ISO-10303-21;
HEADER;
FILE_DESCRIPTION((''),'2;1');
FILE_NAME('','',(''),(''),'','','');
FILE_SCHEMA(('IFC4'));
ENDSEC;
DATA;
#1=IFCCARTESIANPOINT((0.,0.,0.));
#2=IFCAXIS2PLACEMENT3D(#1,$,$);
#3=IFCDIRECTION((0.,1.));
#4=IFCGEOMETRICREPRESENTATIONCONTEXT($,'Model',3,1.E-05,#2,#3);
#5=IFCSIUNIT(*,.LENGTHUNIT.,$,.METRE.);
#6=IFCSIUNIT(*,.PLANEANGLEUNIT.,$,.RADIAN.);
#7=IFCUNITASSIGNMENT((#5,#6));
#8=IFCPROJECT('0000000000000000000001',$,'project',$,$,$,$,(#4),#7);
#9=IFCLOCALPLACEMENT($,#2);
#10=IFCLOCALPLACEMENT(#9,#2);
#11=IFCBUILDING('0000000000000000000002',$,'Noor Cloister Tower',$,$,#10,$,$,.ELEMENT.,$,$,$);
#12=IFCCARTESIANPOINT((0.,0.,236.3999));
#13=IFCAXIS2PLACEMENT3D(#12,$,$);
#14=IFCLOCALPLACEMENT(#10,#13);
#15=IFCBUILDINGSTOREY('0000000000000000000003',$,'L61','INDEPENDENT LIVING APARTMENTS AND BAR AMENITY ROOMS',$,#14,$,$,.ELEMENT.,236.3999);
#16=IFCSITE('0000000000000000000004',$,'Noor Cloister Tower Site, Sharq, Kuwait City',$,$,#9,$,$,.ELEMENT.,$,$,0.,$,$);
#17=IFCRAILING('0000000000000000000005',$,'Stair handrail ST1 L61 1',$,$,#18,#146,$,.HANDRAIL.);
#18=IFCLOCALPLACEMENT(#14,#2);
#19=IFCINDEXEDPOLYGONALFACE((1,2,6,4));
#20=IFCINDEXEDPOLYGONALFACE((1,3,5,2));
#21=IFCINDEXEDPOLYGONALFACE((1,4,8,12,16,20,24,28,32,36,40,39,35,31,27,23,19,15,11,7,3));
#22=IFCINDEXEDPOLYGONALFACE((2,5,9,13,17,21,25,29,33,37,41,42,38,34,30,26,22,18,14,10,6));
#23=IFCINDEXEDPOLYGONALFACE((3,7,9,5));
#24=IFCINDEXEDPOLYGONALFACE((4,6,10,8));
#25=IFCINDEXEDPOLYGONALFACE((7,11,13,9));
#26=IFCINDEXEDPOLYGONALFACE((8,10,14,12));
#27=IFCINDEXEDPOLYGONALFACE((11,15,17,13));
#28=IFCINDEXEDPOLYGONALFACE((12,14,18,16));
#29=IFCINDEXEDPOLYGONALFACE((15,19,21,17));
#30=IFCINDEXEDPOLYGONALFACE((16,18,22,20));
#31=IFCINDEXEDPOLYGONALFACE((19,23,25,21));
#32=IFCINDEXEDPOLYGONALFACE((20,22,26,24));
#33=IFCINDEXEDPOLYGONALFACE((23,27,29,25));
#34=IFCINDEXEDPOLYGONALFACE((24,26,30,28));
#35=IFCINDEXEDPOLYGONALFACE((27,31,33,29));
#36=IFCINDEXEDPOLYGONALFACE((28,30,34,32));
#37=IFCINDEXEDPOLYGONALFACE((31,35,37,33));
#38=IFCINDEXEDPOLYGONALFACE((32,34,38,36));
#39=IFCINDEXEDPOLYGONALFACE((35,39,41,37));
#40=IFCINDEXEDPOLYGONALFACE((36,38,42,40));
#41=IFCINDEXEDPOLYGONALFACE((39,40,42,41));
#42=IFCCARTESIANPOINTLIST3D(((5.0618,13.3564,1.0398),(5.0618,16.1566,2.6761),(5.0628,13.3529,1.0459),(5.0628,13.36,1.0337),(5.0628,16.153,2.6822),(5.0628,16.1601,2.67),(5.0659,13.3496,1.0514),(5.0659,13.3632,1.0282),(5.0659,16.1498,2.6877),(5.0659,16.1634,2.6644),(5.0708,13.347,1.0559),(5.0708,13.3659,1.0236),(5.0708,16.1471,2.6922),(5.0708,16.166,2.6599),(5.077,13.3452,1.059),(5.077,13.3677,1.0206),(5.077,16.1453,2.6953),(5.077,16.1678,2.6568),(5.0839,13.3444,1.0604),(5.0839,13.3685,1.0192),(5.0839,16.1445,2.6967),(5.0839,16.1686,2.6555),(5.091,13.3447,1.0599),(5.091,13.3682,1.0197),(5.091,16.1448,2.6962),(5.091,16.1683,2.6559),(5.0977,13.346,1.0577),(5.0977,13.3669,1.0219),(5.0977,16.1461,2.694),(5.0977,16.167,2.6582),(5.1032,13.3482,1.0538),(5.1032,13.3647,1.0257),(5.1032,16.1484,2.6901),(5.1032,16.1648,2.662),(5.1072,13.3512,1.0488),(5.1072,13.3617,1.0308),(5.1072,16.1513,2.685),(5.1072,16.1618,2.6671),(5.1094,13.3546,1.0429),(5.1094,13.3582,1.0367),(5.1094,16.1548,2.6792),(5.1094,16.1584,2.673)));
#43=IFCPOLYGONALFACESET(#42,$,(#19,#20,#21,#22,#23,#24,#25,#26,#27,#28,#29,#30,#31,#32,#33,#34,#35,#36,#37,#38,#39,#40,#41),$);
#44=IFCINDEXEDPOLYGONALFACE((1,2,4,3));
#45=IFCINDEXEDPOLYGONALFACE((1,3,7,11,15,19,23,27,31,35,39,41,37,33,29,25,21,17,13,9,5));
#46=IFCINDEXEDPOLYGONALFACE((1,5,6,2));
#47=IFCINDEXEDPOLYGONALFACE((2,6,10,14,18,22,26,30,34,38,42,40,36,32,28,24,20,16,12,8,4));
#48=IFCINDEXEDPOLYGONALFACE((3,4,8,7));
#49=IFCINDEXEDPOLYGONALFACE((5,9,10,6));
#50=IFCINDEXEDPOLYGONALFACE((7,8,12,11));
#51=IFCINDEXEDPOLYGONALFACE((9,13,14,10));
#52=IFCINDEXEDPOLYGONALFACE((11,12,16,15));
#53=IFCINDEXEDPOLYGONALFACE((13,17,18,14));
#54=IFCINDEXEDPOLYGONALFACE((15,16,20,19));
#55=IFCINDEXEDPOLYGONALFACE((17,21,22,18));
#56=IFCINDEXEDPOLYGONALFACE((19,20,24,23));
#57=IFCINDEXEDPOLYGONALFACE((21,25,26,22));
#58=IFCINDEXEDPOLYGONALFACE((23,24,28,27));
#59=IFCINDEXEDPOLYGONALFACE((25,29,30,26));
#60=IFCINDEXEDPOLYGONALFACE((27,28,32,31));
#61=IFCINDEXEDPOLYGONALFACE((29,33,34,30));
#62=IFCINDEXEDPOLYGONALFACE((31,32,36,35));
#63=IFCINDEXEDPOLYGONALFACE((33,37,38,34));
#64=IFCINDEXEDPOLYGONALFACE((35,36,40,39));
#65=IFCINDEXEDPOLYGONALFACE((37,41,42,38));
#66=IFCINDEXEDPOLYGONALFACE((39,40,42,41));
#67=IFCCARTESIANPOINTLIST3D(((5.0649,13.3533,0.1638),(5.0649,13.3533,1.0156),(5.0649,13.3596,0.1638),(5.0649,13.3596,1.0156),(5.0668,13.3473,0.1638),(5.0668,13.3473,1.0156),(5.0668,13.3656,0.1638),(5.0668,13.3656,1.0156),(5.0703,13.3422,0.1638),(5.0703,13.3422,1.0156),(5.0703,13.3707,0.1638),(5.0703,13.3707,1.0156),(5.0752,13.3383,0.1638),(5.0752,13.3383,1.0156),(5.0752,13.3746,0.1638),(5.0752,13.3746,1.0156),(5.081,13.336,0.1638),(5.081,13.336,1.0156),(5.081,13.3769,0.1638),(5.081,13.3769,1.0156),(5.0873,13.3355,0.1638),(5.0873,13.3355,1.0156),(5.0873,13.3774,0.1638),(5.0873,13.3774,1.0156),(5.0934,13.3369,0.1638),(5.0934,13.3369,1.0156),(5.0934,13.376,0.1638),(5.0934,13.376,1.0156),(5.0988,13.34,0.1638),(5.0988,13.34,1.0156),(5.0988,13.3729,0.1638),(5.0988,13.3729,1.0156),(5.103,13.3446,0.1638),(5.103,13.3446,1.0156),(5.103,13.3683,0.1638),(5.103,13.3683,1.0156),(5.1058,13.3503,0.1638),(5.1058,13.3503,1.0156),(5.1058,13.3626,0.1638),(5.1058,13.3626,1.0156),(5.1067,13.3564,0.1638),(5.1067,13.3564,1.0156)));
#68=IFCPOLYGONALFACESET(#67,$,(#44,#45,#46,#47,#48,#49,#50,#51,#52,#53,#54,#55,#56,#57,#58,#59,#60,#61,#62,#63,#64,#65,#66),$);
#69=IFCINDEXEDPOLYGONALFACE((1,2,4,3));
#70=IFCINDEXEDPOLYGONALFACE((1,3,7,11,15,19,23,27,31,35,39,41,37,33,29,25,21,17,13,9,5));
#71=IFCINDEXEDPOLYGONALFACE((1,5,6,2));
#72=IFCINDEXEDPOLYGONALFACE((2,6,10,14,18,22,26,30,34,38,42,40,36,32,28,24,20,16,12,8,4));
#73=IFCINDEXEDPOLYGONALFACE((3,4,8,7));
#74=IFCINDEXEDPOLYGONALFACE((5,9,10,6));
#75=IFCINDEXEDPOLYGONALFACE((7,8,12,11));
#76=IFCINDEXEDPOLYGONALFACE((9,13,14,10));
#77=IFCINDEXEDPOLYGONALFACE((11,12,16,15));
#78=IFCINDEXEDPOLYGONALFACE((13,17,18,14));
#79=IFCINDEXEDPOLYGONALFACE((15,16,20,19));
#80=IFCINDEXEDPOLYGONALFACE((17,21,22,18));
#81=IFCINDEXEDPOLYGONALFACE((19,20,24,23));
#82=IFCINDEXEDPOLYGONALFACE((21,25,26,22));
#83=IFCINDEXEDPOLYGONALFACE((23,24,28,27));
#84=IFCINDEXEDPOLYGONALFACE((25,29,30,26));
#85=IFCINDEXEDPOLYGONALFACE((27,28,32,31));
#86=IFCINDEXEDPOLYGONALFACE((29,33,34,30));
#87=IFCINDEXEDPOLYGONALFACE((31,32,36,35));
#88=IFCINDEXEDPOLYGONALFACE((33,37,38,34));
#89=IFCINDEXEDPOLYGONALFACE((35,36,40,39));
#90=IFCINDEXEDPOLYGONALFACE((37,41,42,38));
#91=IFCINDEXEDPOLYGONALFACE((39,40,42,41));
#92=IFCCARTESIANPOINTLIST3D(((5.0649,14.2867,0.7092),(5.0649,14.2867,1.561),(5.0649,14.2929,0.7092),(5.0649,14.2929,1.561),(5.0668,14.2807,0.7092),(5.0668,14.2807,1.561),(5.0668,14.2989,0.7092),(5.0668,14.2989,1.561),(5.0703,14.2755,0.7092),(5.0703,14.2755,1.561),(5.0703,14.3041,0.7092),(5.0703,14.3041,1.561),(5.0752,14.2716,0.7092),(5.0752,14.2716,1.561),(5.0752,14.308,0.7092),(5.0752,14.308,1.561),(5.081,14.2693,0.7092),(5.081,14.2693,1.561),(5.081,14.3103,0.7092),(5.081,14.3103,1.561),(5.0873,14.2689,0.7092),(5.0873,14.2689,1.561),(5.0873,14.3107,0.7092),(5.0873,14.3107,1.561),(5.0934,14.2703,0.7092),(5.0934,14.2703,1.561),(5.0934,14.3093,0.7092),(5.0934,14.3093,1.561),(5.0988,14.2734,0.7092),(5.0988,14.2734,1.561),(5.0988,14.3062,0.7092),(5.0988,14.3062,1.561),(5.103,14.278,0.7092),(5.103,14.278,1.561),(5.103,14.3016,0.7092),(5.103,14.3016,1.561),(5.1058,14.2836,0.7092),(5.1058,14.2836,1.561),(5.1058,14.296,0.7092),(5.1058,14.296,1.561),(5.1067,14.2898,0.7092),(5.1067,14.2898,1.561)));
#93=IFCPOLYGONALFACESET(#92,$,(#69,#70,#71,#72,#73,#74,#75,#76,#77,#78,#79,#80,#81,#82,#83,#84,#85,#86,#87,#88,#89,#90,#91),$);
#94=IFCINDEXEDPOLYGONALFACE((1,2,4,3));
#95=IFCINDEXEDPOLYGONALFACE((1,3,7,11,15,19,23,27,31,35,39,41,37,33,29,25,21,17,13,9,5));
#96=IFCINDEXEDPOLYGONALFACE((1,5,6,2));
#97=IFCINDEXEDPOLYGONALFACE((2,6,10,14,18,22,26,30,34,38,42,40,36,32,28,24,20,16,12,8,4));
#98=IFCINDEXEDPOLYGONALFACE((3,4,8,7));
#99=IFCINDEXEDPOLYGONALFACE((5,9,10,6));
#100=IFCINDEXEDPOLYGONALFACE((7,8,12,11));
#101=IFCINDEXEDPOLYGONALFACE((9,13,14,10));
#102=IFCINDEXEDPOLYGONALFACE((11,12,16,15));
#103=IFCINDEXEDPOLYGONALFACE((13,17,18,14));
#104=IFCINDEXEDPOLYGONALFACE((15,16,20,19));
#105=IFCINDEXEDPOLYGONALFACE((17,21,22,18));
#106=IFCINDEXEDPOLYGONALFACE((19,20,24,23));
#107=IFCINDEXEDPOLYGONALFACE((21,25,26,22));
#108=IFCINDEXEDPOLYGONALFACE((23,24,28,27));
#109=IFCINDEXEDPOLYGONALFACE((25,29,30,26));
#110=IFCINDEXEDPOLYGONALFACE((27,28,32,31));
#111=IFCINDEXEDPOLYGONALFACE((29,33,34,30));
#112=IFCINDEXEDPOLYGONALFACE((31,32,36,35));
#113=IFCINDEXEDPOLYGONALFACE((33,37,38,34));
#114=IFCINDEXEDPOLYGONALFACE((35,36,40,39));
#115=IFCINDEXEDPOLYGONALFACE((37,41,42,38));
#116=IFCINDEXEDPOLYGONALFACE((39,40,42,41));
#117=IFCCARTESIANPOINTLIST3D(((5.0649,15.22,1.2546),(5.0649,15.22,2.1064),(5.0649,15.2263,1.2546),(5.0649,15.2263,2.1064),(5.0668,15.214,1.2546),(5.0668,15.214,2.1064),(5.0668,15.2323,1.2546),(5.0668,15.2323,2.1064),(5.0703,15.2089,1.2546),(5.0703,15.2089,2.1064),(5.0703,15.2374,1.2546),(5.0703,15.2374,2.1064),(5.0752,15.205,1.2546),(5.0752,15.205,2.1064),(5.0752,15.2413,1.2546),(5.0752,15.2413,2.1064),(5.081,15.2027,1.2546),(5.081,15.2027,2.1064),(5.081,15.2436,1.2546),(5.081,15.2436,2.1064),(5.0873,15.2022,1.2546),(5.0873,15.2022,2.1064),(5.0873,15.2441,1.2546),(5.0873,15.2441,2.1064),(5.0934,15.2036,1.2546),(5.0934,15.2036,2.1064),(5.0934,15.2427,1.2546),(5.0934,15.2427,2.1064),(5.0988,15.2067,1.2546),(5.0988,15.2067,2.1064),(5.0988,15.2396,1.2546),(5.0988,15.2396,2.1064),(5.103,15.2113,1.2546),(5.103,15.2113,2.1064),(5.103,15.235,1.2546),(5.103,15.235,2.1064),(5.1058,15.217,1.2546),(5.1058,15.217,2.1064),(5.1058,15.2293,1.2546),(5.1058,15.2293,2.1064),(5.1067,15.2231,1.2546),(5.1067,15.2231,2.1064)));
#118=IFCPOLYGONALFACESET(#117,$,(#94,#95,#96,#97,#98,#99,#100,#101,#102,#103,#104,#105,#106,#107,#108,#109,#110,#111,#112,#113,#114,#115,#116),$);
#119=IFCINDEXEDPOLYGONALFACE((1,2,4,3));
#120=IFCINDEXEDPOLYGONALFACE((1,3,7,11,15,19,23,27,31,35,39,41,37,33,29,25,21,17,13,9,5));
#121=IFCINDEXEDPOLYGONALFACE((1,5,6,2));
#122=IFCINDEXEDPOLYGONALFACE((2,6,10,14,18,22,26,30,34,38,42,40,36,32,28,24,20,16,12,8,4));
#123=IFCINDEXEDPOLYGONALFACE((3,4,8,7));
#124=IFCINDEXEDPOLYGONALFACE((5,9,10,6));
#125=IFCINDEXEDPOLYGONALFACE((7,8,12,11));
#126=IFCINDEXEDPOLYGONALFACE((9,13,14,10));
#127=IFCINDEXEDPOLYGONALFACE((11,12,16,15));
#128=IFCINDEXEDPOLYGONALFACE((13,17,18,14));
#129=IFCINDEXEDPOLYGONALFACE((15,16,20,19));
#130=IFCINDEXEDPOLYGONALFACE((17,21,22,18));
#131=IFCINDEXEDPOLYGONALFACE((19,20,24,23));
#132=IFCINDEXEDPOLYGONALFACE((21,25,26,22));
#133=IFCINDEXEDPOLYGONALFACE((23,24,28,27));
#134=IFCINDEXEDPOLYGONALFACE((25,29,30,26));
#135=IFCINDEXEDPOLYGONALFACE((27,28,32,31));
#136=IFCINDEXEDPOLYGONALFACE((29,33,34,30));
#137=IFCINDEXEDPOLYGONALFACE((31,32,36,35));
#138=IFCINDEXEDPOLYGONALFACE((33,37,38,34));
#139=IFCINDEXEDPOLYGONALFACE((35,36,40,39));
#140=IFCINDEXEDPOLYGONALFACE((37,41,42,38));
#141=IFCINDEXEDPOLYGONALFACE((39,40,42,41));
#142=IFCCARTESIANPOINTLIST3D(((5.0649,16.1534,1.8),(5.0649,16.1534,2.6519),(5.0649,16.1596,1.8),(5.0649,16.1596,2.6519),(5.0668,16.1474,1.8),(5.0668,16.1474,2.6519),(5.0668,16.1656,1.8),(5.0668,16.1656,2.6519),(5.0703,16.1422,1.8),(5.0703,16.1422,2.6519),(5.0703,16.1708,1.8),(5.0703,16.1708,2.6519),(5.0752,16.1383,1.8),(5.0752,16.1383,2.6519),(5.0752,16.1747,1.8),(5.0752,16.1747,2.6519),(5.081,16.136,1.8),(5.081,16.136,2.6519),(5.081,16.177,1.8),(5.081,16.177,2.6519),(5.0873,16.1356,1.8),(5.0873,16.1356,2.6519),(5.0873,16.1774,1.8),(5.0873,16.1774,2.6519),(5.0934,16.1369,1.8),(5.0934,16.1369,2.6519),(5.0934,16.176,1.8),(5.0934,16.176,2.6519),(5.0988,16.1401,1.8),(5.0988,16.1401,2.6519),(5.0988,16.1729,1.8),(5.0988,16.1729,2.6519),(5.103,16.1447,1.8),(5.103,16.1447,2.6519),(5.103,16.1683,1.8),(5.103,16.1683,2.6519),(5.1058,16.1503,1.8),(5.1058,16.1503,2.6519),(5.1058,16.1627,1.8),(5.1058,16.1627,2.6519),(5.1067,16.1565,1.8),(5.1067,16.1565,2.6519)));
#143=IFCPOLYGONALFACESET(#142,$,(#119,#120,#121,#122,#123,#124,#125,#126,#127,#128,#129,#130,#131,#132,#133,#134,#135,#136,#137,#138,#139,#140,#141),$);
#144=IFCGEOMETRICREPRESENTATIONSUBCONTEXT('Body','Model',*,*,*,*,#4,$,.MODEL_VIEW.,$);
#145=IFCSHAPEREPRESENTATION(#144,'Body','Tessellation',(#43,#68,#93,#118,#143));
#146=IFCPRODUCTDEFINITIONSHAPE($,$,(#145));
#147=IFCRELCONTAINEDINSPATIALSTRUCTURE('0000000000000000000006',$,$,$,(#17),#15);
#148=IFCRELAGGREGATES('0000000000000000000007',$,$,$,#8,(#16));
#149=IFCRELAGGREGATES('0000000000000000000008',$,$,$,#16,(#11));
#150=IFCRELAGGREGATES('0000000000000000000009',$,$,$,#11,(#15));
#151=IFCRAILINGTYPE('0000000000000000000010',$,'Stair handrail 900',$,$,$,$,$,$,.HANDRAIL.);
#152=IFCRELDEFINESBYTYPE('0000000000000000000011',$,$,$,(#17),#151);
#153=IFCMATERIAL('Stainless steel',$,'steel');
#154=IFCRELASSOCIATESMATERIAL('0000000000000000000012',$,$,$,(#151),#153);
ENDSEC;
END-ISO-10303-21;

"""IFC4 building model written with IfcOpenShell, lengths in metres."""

from ifc_helpers import new_model, si_unit, direction, frame, origin, origin_2d, place, context, subcontext, project, spatial, circle, extrude, material, type_object, element, save


model = new_model("IFC4")

# Units and contexts
model_context = context("Model", 3, precision=1e-05, world=origin(), true_north=direction((0.0, 1.0)))
body_context = subcontext(model_context, "Body", "Model", "MODEL_VIEW")
ifc_project = project(units=[si_unit("LENGTHUNIT", "METRE"), si_unit("PLANEANGLEUNIT", "RADIAN")], contexts=[model_context])

# Site, building, storey
site_placement = place(None, origin())
site = spatial("IfcSite", under=ifc_project, at=site_placement, Name="Noor Cloister Tower Site, Sharq, Kuwait City", CompositionType="ELEMENT", RefElevation=0.0)
building_placement = place(site_placement, origin())
building = spatial("IfcBuilding", under=site, at=building_placement, Name="Noor Cloister Tower", CompositionType="ELEMENT")
storey_placement = place(building_placement, frame((0.0, 0.0, 236.3999)))
storey = spatial("IfcBuildingStorey", under=building, at=storey_placement, Name="L61", Description="INDEPENDENT LIVING APARTMENTS AND BAR AMENITY ROOMS", CompositionType="ELEMENT", Elevation=236.3999)

# Railing
ifc_material_1 = material(Name="Stainless steel", Category="steel")
railing_type_1 = type_object("IfcRailingType", Name="Stair handrail 900", PredefinedType="HANDRAIL", material=ifc_material_1)
railing_1_placement = place(storey_placement, frame((5.0857, 13.3564, 0.1638)))
element("IfcRailing", 1, at=railing_1_placement, inside=storey, type_object=railing_type_1, Name="Stair handrail ST1 L61 1", PredefinedType="HANDRAIL", context=body_context, shape_type="SweptSolid", body=[
    extrude(circle(Radius=0.0239, at=origin_2d()), frame((0.0, 0.0, 0.876), z_axis=(0.0, 0.863394, 0.504531), x_axis=(-1.0, 0.0, 0.0)), (0.0, 0.0, 1.0), 3.2432),
    extrude(circle(Radius=0.021, at=origin_2d()), origin(), (0.0, 0.0, 1.0), 0.8518),
    extrude(circle(Radius=0.021, at=origin_2d()), frame((0.0, 0.9333, 0.5454)), (0.0, 0.0, 1.0), 0.8518),
    extrude(circle(Radius=0.021, at=origin_2d()), frame((0.0, 1.8667, 1.0908)), (0.0, 0.0, 1.0), 0.8518),
    extrude(circle(Radius=0.021, at=origin_2d()), frame((0.0, 2.8, 1.6362)), (0.0, 0.0, 1.0), 0.8518),
])

save(model, "model.ifc")
